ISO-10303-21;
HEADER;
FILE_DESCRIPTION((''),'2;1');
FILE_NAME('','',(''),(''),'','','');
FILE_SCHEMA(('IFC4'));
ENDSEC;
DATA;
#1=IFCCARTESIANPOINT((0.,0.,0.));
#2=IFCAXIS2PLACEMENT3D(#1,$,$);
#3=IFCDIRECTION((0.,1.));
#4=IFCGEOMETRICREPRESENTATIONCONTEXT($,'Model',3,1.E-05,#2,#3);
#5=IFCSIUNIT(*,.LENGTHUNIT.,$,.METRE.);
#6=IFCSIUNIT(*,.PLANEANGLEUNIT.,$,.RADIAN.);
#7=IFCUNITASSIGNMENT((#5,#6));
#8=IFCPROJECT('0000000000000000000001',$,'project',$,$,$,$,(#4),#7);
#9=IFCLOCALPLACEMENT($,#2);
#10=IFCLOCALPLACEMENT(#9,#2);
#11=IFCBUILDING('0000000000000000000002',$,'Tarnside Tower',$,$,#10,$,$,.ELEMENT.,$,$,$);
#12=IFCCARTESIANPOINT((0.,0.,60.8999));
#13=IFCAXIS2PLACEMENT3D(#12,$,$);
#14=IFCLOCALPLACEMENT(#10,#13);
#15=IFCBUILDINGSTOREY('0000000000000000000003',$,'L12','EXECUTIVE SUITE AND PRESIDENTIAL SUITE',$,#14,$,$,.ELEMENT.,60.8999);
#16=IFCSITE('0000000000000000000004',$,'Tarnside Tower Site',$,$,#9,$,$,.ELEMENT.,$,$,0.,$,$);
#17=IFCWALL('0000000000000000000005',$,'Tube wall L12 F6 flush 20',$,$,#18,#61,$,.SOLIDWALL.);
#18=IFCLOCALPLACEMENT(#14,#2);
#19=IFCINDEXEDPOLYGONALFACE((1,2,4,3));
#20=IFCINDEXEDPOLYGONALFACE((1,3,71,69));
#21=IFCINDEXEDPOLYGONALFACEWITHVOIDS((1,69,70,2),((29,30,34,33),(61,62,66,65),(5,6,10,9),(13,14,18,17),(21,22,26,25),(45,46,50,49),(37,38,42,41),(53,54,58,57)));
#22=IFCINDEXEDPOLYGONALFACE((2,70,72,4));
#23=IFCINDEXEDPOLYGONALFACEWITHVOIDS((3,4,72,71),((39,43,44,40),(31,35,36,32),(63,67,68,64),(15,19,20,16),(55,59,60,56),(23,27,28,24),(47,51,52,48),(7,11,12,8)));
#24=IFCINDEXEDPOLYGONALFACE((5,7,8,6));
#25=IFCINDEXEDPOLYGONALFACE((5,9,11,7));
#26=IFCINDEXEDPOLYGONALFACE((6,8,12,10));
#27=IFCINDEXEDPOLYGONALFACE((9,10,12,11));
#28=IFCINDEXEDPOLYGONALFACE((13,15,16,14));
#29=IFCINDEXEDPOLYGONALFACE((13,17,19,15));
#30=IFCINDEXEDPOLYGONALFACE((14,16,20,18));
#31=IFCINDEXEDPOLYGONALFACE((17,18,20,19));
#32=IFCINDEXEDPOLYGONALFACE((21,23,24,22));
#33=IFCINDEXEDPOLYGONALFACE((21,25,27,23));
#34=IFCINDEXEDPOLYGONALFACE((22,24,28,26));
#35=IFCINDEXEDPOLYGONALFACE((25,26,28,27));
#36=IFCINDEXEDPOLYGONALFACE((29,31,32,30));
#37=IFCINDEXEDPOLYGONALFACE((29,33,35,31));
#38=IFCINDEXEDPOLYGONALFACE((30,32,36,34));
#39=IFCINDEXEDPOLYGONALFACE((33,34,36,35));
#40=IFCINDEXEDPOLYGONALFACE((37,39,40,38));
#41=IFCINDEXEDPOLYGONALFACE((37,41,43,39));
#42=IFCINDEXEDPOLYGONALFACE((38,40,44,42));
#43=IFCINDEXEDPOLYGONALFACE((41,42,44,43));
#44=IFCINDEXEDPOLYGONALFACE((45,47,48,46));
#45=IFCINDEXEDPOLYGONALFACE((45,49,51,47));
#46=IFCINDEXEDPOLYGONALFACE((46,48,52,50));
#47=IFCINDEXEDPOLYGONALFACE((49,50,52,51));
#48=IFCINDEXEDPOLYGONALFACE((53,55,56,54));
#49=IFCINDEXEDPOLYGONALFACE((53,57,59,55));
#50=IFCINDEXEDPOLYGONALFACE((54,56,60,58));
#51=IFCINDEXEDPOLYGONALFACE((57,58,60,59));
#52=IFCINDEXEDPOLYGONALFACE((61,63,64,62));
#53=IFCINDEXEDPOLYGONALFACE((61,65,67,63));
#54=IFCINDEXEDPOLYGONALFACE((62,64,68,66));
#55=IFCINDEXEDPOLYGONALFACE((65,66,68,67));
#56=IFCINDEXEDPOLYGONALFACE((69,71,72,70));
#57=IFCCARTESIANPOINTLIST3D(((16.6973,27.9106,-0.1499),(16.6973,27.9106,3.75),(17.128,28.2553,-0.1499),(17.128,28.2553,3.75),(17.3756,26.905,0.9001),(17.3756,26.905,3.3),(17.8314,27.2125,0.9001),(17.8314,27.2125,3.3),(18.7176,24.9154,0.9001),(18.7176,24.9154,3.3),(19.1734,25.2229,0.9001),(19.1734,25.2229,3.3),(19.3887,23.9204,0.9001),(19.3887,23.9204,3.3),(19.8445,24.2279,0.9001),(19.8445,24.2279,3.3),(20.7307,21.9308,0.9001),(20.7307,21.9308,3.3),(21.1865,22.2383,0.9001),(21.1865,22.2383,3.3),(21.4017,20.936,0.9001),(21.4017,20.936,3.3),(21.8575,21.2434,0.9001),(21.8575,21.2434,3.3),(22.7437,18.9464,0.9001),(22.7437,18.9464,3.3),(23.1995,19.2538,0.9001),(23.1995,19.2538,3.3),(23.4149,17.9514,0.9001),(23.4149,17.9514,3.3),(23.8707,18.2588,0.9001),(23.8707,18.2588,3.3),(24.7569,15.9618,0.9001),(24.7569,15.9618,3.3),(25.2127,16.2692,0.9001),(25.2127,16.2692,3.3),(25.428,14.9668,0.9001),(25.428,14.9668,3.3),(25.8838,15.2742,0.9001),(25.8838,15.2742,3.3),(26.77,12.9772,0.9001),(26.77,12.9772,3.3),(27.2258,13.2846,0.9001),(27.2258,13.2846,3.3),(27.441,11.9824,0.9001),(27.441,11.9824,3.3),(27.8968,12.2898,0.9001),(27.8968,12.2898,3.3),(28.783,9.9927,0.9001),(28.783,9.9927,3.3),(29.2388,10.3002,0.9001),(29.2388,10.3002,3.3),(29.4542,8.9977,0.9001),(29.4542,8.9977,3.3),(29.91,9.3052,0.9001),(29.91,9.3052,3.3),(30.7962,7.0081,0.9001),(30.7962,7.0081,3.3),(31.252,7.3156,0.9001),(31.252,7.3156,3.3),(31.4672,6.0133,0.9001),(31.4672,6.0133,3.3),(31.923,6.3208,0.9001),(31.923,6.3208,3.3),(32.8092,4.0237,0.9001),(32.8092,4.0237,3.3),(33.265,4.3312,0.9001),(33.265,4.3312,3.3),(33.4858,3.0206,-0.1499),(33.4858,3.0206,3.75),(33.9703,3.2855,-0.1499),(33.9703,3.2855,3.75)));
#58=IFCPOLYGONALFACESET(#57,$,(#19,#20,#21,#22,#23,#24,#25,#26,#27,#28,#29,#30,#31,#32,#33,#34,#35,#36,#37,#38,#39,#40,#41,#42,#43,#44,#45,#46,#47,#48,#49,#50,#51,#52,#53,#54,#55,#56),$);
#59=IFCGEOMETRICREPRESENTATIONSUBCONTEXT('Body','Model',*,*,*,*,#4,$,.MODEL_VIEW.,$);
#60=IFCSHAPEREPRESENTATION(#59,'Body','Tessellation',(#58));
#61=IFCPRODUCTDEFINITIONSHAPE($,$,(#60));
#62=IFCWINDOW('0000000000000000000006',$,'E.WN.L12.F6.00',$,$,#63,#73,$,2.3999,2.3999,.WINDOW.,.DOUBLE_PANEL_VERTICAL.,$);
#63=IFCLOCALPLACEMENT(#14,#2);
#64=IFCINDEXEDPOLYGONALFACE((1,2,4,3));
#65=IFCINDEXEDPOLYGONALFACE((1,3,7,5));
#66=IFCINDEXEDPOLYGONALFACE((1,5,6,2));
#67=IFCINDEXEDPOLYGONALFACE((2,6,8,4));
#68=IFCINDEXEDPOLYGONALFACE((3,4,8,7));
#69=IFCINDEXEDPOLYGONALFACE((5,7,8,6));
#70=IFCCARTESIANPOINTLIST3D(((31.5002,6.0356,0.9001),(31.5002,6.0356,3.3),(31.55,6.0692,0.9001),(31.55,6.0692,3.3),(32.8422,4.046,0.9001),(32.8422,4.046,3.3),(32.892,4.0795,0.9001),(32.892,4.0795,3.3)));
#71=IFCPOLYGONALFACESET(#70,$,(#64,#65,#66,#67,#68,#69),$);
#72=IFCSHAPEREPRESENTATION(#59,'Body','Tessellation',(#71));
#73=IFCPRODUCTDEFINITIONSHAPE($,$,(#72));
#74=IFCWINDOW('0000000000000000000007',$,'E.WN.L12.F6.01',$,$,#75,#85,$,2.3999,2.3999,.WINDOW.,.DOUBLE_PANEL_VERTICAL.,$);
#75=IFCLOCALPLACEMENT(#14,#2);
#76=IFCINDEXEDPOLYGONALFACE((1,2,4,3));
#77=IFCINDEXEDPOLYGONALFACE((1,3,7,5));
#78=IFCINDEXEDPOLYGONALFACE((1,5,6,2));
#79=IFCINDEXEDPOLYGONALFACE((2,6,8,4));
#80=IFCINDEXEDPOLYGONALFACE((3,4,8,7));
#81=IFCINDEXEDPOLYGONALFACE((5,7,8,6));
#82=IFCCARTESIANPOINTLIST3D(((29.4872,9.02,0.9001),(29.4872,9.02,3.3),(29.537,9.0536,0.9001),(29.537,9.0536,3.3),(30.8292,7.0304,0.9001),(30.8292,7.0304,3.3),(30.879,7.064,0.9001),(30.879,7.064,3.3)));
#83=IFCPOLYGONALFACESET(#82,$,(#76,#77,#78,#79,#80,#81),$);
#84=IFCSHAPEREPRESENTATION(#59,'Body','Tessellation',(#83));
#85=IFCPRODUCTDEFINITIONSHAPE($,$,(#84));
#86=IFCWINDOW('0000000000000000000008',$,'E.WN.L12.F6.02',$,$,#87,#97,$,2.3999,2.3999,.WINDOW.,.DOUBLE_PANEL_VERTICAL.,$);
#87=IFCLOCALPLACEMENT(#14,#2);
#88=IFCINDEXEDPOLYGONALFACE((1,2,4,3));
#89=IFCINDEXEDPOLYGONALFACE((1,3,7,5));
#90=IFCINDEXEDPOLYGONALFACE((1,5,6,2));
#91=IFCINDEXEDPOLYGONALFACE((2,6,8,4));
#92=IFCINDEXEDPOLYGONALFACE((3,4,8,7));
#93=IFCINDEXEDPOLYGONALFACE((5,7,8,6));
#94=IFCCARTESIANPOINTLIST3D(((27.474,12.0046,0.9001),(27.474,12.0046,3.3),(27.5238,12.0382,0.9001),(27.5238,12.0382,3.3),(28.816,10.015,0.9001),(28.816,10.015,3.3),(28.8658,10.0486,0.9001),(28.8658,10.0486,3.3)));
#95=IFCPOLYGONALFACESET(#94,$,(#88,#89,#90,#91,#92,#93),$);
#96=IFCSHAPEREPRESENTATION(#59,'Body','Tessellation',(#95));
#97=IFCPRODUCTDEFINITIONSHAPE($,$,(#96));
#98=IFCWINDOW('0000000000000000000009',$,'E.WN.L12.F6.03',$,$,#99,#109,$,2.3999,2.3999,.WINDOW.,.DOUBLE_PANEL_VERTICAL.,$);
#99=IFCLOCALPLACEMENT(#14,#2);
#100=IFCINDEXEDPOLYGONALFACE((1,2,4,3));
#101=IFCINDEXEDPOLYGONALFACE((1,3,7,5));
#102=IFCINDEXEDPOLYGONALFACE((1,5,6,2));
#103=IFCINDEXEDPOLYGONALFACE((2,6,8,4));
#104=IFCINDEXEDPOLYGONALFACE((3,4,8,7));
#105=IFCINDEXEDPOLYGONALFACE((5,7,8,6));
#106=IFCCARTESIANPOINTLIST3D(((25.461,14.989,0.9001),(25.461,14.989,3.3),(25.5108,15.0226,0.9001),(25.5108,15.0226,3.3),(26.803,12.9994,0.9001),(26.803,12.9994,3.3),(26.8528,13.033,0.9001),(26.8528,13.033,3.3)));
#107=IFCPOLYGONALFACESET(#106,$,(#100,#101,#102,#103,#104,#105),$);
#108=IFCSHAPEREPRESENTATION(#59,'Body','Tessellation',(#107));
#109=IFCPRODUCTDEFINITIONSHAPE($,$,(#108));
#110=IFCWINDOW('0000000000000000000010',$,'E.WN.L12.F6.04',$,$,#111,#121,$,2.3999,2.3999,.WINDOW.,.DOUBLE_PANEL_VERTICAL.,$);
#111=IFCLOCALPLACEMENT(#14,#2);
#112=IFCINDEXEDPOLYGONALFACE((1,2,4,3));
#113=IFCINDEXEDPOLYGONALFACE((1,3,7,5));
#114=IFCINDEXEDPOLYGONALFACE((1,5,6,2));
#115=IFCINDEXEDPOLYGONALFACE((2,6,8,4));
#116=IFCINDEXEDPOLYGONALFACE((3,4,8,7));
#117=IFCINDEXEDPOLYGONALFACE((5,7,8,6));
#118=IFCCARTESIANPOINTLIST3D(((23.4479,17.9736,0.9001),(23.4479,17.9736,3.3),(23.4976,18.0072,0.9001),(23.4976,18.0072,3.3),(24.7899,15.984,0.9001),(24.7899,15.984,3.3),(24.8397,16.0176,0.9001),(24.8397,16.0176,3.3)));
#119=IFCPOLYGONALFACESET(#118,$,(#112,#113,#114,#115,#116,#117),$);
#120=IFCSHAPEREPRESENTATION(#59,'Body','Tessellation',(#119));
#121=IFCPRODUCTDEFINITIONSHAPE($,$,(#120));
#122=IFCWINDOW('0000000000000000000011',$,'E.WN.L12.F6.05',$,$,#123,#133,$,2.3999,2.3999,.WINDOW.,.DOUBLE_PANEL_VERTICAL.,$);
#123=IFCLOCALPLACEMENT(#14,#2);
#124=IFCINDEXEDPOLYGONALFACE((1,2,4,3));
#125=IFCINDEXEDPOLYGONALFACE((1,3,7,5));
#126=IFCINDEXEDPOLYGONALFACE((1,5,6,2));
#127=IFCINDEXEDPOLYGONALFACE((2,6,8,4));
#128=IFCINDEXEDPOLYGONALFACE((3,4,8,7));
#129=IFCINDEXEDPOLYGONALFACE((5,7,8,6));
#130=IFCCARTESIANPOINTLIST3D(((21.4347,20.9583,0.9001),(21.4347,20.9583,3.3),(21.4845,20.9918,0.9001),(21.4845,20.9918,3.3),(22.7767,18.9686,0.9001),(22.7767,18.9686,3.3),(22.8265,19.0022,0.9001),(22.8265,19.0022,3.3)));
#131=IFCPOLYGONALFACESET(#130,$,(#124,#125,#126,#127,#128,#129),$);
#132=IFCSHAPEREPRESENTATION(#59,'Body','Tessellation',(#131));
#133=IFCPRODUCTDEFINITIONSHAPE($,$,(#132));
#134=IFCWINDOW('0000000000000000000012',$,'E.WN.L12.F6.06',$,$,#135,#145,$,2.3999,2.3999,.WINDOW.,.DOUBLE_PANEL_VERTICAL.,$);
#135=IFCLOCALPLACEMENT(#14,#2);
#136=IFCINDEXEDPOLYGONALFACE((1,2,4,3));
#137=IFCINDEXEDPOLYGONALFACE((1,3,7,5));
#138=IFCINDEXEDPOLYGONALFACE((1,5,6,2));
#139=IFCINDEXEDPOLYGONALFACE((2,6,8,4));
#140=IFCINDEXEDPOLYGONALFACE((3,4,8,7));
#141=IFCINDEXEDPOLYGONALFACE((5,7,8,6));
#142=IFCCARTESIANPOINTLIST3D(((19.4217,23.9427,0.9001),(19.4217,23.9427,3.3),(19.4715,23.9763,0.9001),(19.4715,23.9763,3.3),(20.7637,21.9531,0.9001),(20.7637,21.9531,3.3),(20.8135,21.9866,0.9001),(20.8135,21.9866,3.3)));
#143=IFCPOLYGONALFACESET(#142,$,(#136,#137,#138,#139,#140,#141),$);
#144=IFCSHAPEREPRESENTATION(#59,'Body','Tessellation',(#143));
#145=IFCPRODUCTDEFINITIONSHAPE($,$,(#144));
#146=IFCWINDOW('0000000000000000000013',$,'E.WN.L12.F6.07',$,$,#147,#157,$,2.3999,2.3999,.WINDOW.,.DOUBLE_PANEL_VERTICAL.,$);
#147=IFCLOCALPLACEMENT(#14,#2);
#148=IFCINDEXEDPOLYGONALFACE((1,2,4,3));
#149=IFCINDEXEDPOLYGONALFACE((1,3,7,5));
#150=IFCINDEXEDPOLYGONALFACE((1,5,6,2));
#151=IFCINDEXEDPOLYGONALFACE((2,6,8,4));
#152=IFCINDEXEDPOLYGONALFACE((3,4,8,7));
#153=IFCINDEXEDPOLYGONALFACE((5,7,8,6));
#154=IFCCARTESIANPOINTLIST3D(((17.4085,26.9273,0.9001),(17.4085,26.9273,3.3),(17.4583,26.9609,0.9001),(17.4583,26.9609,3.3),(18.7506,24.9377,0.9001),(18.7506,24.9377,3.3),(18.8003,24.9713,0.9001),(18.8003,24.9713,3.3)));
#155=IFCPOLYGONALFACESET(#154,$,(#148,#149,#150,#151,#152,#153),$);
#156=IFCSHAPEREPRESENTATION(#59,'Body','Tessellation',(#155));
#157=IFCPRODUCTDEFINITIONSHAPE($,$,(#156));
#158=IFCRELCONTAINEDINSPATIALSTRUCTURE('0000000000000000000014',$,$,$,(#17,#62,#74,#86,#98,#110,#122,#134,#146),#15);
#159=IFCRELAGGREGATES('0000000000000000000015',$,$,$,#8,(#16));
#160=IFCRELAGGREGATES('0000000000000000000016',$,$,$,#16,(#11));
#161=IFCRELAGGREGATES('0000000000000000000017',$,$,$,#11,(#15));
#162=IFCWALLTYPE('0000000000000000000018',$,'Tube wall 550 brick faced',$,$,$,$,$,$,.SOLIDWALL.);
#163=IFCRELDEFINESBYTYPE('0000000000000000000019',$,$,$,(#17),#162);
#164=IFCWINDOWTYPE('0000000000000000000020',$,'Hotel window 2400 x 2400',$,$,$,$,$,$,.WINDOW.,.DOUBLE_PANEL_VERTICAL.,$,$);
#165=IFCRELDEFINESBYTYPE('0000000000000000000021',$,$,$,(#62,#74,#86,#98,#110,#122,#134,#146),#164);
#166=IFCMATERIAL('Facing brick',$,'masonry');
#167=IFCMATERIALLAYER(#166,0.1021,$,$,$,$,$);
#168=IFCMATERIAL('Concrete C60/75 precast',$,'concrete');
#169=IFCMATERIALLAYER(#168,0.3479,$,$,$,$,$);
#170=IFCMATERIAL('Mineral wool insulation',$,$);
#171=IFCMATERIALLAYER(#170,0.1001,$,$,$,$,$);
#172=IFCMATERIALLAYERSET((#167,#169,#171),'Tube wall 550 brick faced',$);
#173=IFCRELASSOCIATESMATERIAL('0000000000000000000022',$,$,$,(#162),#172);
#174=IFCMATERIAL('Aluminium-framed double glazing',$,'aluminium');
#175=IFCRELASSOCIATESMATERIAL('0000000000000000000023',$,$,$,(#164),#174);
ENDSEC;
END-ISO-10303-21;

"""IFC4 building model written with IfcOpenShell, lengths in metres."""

from ifc_helpers import new_model, si_unit, direction, frame, frame_2d, origin, place, context, subcontext, project, spatial, polyline, rectangle, outline, extrude, material, layer, layer_set, type_object, element, fill, save


model = new_model("IFC4")

# Units and contexts
model_context = context("Model", 3, precision=1e-05, world=origin(), true_north=direction((0.0, 1.0)))
body_context = subcontext(model_context, "Body", "Model", "MODEL_VIEW")
ifc_project = project(units=[si_unit("LENGTHUNIT", "METRE"), si_unit("PLANEANGLEUNIT", "RADIAN")], contexts=[model_context])

# Site, building, storey
site_placement = place(None, origin())
site = spatial("IfcSite", under=ifc_project, at=site_placement, Name="Tarnside Tower Site", CompositionType="ELEMENT", RefElevation=0.0)
building_placement = place(site_placement, origin())
building = spatial("IfcBuilding", under=site, at=building_placement, Name="Tarnside Tower", CompositionType="ELEMENT")
storey_placement = place(building_placement, frame((0.0, 0.0, 60.8999)))
storey = spatial("IfcBuildingStorey", under=building, at=storey_placement, Name="L12", Description="EXECUTIVE SUITE AND PRESIDENTIAL SUITE", CompositionType="ELEMENT", Elevation=60.8999)

# Shared definitions
ifc_material_1 = material(Name="Facing brick", Category="masonry")
ifc_layer_1 = layer(ifc_material_1, 0.1021)
ifc_material_2 = material(Name="Concrete C60/75 precast", Category="concrete")
ifc_layer_2 = layer(ifc_material_2, 0.3479)
ifc_material_3 = material(Name="Mineral wool insulation")
ifc_layer_3 = layer(ifc_material_3, 0.1001)
ifc_layer_set_1 = layer_set([ifc_layer_1, ifc_layer_2, ifc_layer_3], Name="Tube wall 550 brick faced")
wall_type = type_object("IfcWallType", Name="Tube wall 550 brick faced", PredefinedType="SOLIDWALL", material=ifc_layer_set_1)

# Wall, openings, windows
wall_1_placement = place(storey_placement, frame((33.728, 3.1531, -0.1499), z_axis=(0.0, 0.0, 1.0), x_axis=(-0.559192, 0.829038, 0.0)))
wall_1 = element("IfcWall", 1, at=wall_1_placement, inside=storey, type_object=wall_type, Name="Tube wall L12 F6 flush 20", PredefinedType="SOLIDWALL", context=body_context, shape_type="SweptSolid", body=[
    extrude(outline(polyline([(-0.0256, -0.2749), (30.0933, -0.2749), (30.0483, 0.2749), (0.0256, 0.2749), (-0.0256, -0.2749)])), origin(), (0.0, 0.0, 1.0), 3.8999),
])
opening_1_placement = place(wall_1_placement, frame((1.2356, 0.0, 1.05)))
opening_1 = element("IfcOpeningElement", 2, at=opening_1_placement, cuts=wall_1, PredefinedType="OPENING", context=body_context, shape_type="SweptSolid", body=[
    extrude(rectangle(XDim=2.3999, YDim=2.3999, at=frame_2d((1.2, 1.2))), frame((0.0, 0.2852, 0.0), z_axis=(0.0, -1.0, 0.0), x_axis=(1.0, 0.0, 0.0)), (0.0, 0.0, 1.0), 0.5701),
])
opening_2_placement = place(wall_1_placement, frame((4.8354, 0.0, 1.05)))
opening_2 = element("IfcOpeningElement", 3, at=opening_2_placement, cuts=wall_1, PredefinedType="OPENING", context=body_context, shape_type="SweptSolid", body=[
    extrude(rectangle(XDim=2.3999, YDim=2.3999, at=frame_2d((1.2, 1.2))), frame((0.0, 0.2852, 0.0), z_axis=(0.0, -1.0, 0.0), x_axis=(1.0, 0.0, 0.0)), (0.0, 0.0, 1.0), 0.5701),
])
opening_3_placement = place(wall_1_placement, frame((8.4355, 0.0, 1.05)))
opening_3 = element("IfcOpeningElement", 4, at=opening_3_placement, cuts=wall_1, PredefinedType="OPENING", context=body_context, shape_type="SweptSolid", body=[
    extrude(rectangle(XDim=2.3999, YDim=2.3999, at=frame_2d((1.2, 1.2))), frame((0.0, 0.2852, 0.0), z_axis=(0.0, -1.0, 0.0), x_axis=(1.0, 0.0, 0.0)), (0.0, 0.0, 1.0), 0.5701),
])
opening_4_placement = place(wall_1_placement, frame((12.0354, 0.0, 1.05)))
opening_4 = element("IfcOpeningElement", 5, at=opening_4_placement, cuts=wall_1, PredefinedType="OPENING", context=body_context, shape_type="SweptSolid", body=[
    extrude(rectangle(XDim=2.3999, YDim=2.3999, at=frame_2d((1.2, 1.2))), frame((0.0, 0.2852, 0.0), z_axis=(0.0, -1.0, 0.0), x_axis=(1.0, 0.0, 0.0)), (0.0, 0.0, 1.0), 0.5701),
])
opening_5_placement = place(wall_1_placement, frame((15.6355, 0.0, 1.05)))
opening_5 = element("IfcOpeningElement", 6, at=opening_5_placement, cuts=wall_1, PredefinedType="OPENING", context=body_context, shape_type="SweptSolid", body=[
    extrude(rectangle(XDim=2.3999, YDim=2.3999, at=frame_2d((1.2, 1.2))), frame((0.0, 0.2852, 0.0), z_axis=(0.0, -1.0, 0.0), x_axis=(1.0, 0.0, 0.0)), (0.0, 0.0, 1.0), 0.5701),
])
opening_6_placement = place(wall_1_placement, frame((19.2356, 0.0, 1.05)))
opening_6 = element("IfcOpeningElement", 7, at=opening_6_placement, cuts=wall_1, PredefinedType="OPENING", context=body_context, shape_type="SweptSolid", body=[
    extrude(rectangle(XDim=2.3999, YDim=2.3999, at=frame_2d((1.2, 1.2))), frame((0.0, 0.2852, 0.0), z_axis=(0.0, -1.0, 0.0), x_axis=(1.0, 0.0, 0.0)), (0.0, 0.0, 1.0), 0.5701),
])
opening_7_placement = place(wall_1_placement, frame((22.8354, 0.0, 1.05)))
opening_7 = element("IfcOpeningElement", 8, at=opening_7_placement, cuts=wall_1, PredefinedType="OPENING", context=body_context, shape_type="SweptSolid", body=[
    extrude(rectangle(XDim=2.3999, YDim=2.3999, at=frame_2d((1.2, 1.2))), frame((0.0, 0.2852, 0.0), z_axis=(0.0, -1.0, 0.0), x_axis=(1.0, 0.0, 0.0)), (0.0, 0.0, 1.0), 0.5701),
])
opening_8_placement = place(wall_1_placement, frame((26.4355, 0.0, 1.05)))
opening_8 = element("IfcOpeningElement", 9, at=opening_8_placement, cuts=wall_1, PredefinedType="OPENING", context=body_context, shape_type="SweptSolid", body=[
    extrude(rectangle(XDim=2.3999, YDim=2.3999, at=frame_2d((1.2, 1.2))), frame((0.0, 0.2852, 0.0), z_axis=(0.0, -1.0, 0.0), x_axis=(1.0, 0.0, 0.0)), (0.0, 0.0, 1.0), 0.5701),
])
ifc_material_4 = material(Name="Aluminium-framed double glazing", Category="aluminium")
window_type = type_object("IfcWindowType", Name="Hotel window 2400 x 2400", PartitioningType="DOUBLE_PANEL_VERTICAL", PredefinedType="WINDOW", material=ifc_material_4)
window_1_placement = place(opening_1_placement, frame((0.0, 0.2051, 0.0)))
window_1 = element("IfcWindow", 10, at=window_1_placement, inside=storey, type_object=window_type, Name="E.WN.L12.F6.00", OverallHeight=2.3999, OverallWidth=2.3999, PartitioningType="DOUBLE_PANEL_VERTICAL", PredefinedType="WINDOW", context=body_context, shape_type="SweptSolid", body=[
    extrude(rectangle(XDim=2.3999, YDim=2.3999, at=frame_2d((1.2, 1.2))), frame((0.0, 0.03, 0.0), z_axis=(0.0, -1.0, 0.0), x_axis=(1.0, 0.0, 0.0)), (0.0, 0.0, 1.0), 0.0601),
])
fill(opening_1, window_1)
window_2_placement = place(opening_2_placement, frame((0.0, 0.2051, 0.0)))
window_2 = element("IfcWindow", 11, at=window_2_placement, inside=storey, type_object=window_type, Name="E.WN.L12.F6.01", OverallHeight=2.3999, OverallWidth=2.3999, PartitioningType="DOUBLE_PANEL_VERTICAL", PredefinedType="WINDOW", context=body_context, shape_type="SweptSolid", body=[
    extrude(rectangle(XDim=2.3999, YDim=2.3999, at=frame_2d((1.2, 1.2))), frame((0.0, 0.03, 0.0), z_axis=(0.0, -1.0, 0.0), x_axis=(1.0, 0.0, 0.0)), (0.0, 0.0, 1.0), 0.0601),
])
fill(opening_2, window_2)
window_3_placement = place(opening_3_placement, frame((0.0, 0.2051, 0.0)))
window_3 = element("IfcWindow", 12, at=window_3_placement, inside=storey, type_object=window_type, Name="E.WN.L12.F6.02", OverallHeight=2.3999, OverallWidth=2.3999, PartitioningType="DOUBLE_PANEL_VERTICAL", PredefinedType="WINDOW", context=body_context, shape_type="SweptSolid", body=[
    extrude(rectangle(XDim=2.3999, YDim=2.3999, at=frame_2d((1.2, 1.2))), frame((0.0, 0.03, 0.0), z_axis=(0.0, -1.0, 0.0), x_axis=(1.0, 0.0, 0.0)), (0.0, 0.0, 1.0), 0.0601),
])
fill(opening_3, window_3)
window_4_placement = place(opening_4_placement, frame((0.0, 0.2051, 0.0)))
window_4 = element("IfcWindow", 13, at=window_4_placement, inside=storey, type_object=window_type, Name="E.WN.L12.F6.03", OverallHeight=2.3999, OverallWidth=2.3999, PartitioningType="DOUBLE_PANEL_VERTICAL", PredefinedType="WINDOW", context=body_context, shape_type="SweptSolid", body=[
    extrude(rectangle(XDim=2.3999, YDim=2.3999, at=frame_2d((1.2, 1.2))), frame((0.0, 0.03, 0.0), z_axis=(0.0, -1.0, 0.0), x_axis=(1.0, 0.0, 0.0)), (0.0, 0.0, 1.0), 0.0601),
])
fill(opening_4, window_4)
window_5_placement = place(opening_5_placement, frame((0.0, 0.2051, 0.0)))
window_5 = element("IfcWindow", 14, at=window_5_placement, inside=storey, type_object=window_type, Name="E.WN.L12.F6.04", OverallHeight=2.3999, OverallWidth=2.3999, PartitioningType="DOUBLE_PANEL_VERTICAL", PredefinedType="WINDOW", context=body_context, shape_type="SweptSolid", body=[
    extrude(rectangle(XDim=2.3999, YDim=2.3999, at=frame_2d((1.2, 1.2))), frame((0.0, 0.03, 0.0), z_axis=(0.0, -1.0, 0.0), x_axis=(1.0, 0.0, 0.0)), (0.0, 0.0, 1.0), 0.0601),
])
fill(opening_5, window_5)
window_6_placement = place(opening_6_placement, frame((0.0, 0.2051, 0.0)))
window_6 = element("IfcWindow", 15, at=window_6_placement, inside=storey, type_object=window_type, Name="E.WN.L12.F6.05", OverallHeight=2.3999, OverallWidth=2.3999, PartitioningType="DOUBLE_PANEL_VERTICAL", PredefinedType="WINDOW", context=body_context, shape_type="SweptSolid", body=[
    extrude(rectangle(XDim=2.3999, YDim=2.3999, at=frame_2d((1.2, 1.2))), frame((0.0, 0.03, 0.0), z_axis=(0.0, -1.0, 0.0), x_axis=(1.0, 0.0, 0.0)), (0.0, 0.0, 1.0), 0.0601),
])
fill(opening_6, window_6)
window_7_placement = place(opening_7_placement, frame((0.0, 0.2051, 0.0)))
window_7 = element("IfcWindow", 16, at=window_7_placement, inside=storey, type_object=window_type, Name="E.WN.L12.F6.06", OverallHeight=2.3999, OverallWidth=2.3999, PartitioningType="DOUBLE_PANEL_VERTICAL", PredefinedType="WINDOW", context=body_context, shape_type="SweptSolid", body=[
    extrude(rectangle(XDim=2.3999, YDim=2.3999, at=frame_2d((1.2, 1.2))), frame((0.0, 0.03, 0.0), z_axis=(0.0, -1.0, 0.0), x_axis=(1.0, 0.0, 0.0)), (0.0, 0.0, 1.0), 0.0601),
])
fill(opening_7, window_7)
window_8_placement = place(opening_8_placement, frame((0.0, 0.2051, 0.0)))
window_8 = element("IfcWindow", 17, at=window_8_placement, inside=storey, type_object=window_type, Name="E.WN.L12.F6.07", OverallHeight=2.3999, OverallWidth=2.3999, PartitioningType="DOUBLE_PANEL_VERTICAL", PredefinedType="WINDOW", context=body_context, shape_type="SweptSolid", body=[
    extrude(rectangle(XDim=2.3999, YDim=2.3999, at=frame_2d((1.2, 1.2))), frame((0.0, 0.03, 0.0), z_axis=(0.0, -1.0, 0.0), x_axis=(1.0, 0.0, 0.0)), (0.0, 0.0, 1.0), 0.0601),
])
fill(opening_8, window_8)

save(model, "model.ifc")
